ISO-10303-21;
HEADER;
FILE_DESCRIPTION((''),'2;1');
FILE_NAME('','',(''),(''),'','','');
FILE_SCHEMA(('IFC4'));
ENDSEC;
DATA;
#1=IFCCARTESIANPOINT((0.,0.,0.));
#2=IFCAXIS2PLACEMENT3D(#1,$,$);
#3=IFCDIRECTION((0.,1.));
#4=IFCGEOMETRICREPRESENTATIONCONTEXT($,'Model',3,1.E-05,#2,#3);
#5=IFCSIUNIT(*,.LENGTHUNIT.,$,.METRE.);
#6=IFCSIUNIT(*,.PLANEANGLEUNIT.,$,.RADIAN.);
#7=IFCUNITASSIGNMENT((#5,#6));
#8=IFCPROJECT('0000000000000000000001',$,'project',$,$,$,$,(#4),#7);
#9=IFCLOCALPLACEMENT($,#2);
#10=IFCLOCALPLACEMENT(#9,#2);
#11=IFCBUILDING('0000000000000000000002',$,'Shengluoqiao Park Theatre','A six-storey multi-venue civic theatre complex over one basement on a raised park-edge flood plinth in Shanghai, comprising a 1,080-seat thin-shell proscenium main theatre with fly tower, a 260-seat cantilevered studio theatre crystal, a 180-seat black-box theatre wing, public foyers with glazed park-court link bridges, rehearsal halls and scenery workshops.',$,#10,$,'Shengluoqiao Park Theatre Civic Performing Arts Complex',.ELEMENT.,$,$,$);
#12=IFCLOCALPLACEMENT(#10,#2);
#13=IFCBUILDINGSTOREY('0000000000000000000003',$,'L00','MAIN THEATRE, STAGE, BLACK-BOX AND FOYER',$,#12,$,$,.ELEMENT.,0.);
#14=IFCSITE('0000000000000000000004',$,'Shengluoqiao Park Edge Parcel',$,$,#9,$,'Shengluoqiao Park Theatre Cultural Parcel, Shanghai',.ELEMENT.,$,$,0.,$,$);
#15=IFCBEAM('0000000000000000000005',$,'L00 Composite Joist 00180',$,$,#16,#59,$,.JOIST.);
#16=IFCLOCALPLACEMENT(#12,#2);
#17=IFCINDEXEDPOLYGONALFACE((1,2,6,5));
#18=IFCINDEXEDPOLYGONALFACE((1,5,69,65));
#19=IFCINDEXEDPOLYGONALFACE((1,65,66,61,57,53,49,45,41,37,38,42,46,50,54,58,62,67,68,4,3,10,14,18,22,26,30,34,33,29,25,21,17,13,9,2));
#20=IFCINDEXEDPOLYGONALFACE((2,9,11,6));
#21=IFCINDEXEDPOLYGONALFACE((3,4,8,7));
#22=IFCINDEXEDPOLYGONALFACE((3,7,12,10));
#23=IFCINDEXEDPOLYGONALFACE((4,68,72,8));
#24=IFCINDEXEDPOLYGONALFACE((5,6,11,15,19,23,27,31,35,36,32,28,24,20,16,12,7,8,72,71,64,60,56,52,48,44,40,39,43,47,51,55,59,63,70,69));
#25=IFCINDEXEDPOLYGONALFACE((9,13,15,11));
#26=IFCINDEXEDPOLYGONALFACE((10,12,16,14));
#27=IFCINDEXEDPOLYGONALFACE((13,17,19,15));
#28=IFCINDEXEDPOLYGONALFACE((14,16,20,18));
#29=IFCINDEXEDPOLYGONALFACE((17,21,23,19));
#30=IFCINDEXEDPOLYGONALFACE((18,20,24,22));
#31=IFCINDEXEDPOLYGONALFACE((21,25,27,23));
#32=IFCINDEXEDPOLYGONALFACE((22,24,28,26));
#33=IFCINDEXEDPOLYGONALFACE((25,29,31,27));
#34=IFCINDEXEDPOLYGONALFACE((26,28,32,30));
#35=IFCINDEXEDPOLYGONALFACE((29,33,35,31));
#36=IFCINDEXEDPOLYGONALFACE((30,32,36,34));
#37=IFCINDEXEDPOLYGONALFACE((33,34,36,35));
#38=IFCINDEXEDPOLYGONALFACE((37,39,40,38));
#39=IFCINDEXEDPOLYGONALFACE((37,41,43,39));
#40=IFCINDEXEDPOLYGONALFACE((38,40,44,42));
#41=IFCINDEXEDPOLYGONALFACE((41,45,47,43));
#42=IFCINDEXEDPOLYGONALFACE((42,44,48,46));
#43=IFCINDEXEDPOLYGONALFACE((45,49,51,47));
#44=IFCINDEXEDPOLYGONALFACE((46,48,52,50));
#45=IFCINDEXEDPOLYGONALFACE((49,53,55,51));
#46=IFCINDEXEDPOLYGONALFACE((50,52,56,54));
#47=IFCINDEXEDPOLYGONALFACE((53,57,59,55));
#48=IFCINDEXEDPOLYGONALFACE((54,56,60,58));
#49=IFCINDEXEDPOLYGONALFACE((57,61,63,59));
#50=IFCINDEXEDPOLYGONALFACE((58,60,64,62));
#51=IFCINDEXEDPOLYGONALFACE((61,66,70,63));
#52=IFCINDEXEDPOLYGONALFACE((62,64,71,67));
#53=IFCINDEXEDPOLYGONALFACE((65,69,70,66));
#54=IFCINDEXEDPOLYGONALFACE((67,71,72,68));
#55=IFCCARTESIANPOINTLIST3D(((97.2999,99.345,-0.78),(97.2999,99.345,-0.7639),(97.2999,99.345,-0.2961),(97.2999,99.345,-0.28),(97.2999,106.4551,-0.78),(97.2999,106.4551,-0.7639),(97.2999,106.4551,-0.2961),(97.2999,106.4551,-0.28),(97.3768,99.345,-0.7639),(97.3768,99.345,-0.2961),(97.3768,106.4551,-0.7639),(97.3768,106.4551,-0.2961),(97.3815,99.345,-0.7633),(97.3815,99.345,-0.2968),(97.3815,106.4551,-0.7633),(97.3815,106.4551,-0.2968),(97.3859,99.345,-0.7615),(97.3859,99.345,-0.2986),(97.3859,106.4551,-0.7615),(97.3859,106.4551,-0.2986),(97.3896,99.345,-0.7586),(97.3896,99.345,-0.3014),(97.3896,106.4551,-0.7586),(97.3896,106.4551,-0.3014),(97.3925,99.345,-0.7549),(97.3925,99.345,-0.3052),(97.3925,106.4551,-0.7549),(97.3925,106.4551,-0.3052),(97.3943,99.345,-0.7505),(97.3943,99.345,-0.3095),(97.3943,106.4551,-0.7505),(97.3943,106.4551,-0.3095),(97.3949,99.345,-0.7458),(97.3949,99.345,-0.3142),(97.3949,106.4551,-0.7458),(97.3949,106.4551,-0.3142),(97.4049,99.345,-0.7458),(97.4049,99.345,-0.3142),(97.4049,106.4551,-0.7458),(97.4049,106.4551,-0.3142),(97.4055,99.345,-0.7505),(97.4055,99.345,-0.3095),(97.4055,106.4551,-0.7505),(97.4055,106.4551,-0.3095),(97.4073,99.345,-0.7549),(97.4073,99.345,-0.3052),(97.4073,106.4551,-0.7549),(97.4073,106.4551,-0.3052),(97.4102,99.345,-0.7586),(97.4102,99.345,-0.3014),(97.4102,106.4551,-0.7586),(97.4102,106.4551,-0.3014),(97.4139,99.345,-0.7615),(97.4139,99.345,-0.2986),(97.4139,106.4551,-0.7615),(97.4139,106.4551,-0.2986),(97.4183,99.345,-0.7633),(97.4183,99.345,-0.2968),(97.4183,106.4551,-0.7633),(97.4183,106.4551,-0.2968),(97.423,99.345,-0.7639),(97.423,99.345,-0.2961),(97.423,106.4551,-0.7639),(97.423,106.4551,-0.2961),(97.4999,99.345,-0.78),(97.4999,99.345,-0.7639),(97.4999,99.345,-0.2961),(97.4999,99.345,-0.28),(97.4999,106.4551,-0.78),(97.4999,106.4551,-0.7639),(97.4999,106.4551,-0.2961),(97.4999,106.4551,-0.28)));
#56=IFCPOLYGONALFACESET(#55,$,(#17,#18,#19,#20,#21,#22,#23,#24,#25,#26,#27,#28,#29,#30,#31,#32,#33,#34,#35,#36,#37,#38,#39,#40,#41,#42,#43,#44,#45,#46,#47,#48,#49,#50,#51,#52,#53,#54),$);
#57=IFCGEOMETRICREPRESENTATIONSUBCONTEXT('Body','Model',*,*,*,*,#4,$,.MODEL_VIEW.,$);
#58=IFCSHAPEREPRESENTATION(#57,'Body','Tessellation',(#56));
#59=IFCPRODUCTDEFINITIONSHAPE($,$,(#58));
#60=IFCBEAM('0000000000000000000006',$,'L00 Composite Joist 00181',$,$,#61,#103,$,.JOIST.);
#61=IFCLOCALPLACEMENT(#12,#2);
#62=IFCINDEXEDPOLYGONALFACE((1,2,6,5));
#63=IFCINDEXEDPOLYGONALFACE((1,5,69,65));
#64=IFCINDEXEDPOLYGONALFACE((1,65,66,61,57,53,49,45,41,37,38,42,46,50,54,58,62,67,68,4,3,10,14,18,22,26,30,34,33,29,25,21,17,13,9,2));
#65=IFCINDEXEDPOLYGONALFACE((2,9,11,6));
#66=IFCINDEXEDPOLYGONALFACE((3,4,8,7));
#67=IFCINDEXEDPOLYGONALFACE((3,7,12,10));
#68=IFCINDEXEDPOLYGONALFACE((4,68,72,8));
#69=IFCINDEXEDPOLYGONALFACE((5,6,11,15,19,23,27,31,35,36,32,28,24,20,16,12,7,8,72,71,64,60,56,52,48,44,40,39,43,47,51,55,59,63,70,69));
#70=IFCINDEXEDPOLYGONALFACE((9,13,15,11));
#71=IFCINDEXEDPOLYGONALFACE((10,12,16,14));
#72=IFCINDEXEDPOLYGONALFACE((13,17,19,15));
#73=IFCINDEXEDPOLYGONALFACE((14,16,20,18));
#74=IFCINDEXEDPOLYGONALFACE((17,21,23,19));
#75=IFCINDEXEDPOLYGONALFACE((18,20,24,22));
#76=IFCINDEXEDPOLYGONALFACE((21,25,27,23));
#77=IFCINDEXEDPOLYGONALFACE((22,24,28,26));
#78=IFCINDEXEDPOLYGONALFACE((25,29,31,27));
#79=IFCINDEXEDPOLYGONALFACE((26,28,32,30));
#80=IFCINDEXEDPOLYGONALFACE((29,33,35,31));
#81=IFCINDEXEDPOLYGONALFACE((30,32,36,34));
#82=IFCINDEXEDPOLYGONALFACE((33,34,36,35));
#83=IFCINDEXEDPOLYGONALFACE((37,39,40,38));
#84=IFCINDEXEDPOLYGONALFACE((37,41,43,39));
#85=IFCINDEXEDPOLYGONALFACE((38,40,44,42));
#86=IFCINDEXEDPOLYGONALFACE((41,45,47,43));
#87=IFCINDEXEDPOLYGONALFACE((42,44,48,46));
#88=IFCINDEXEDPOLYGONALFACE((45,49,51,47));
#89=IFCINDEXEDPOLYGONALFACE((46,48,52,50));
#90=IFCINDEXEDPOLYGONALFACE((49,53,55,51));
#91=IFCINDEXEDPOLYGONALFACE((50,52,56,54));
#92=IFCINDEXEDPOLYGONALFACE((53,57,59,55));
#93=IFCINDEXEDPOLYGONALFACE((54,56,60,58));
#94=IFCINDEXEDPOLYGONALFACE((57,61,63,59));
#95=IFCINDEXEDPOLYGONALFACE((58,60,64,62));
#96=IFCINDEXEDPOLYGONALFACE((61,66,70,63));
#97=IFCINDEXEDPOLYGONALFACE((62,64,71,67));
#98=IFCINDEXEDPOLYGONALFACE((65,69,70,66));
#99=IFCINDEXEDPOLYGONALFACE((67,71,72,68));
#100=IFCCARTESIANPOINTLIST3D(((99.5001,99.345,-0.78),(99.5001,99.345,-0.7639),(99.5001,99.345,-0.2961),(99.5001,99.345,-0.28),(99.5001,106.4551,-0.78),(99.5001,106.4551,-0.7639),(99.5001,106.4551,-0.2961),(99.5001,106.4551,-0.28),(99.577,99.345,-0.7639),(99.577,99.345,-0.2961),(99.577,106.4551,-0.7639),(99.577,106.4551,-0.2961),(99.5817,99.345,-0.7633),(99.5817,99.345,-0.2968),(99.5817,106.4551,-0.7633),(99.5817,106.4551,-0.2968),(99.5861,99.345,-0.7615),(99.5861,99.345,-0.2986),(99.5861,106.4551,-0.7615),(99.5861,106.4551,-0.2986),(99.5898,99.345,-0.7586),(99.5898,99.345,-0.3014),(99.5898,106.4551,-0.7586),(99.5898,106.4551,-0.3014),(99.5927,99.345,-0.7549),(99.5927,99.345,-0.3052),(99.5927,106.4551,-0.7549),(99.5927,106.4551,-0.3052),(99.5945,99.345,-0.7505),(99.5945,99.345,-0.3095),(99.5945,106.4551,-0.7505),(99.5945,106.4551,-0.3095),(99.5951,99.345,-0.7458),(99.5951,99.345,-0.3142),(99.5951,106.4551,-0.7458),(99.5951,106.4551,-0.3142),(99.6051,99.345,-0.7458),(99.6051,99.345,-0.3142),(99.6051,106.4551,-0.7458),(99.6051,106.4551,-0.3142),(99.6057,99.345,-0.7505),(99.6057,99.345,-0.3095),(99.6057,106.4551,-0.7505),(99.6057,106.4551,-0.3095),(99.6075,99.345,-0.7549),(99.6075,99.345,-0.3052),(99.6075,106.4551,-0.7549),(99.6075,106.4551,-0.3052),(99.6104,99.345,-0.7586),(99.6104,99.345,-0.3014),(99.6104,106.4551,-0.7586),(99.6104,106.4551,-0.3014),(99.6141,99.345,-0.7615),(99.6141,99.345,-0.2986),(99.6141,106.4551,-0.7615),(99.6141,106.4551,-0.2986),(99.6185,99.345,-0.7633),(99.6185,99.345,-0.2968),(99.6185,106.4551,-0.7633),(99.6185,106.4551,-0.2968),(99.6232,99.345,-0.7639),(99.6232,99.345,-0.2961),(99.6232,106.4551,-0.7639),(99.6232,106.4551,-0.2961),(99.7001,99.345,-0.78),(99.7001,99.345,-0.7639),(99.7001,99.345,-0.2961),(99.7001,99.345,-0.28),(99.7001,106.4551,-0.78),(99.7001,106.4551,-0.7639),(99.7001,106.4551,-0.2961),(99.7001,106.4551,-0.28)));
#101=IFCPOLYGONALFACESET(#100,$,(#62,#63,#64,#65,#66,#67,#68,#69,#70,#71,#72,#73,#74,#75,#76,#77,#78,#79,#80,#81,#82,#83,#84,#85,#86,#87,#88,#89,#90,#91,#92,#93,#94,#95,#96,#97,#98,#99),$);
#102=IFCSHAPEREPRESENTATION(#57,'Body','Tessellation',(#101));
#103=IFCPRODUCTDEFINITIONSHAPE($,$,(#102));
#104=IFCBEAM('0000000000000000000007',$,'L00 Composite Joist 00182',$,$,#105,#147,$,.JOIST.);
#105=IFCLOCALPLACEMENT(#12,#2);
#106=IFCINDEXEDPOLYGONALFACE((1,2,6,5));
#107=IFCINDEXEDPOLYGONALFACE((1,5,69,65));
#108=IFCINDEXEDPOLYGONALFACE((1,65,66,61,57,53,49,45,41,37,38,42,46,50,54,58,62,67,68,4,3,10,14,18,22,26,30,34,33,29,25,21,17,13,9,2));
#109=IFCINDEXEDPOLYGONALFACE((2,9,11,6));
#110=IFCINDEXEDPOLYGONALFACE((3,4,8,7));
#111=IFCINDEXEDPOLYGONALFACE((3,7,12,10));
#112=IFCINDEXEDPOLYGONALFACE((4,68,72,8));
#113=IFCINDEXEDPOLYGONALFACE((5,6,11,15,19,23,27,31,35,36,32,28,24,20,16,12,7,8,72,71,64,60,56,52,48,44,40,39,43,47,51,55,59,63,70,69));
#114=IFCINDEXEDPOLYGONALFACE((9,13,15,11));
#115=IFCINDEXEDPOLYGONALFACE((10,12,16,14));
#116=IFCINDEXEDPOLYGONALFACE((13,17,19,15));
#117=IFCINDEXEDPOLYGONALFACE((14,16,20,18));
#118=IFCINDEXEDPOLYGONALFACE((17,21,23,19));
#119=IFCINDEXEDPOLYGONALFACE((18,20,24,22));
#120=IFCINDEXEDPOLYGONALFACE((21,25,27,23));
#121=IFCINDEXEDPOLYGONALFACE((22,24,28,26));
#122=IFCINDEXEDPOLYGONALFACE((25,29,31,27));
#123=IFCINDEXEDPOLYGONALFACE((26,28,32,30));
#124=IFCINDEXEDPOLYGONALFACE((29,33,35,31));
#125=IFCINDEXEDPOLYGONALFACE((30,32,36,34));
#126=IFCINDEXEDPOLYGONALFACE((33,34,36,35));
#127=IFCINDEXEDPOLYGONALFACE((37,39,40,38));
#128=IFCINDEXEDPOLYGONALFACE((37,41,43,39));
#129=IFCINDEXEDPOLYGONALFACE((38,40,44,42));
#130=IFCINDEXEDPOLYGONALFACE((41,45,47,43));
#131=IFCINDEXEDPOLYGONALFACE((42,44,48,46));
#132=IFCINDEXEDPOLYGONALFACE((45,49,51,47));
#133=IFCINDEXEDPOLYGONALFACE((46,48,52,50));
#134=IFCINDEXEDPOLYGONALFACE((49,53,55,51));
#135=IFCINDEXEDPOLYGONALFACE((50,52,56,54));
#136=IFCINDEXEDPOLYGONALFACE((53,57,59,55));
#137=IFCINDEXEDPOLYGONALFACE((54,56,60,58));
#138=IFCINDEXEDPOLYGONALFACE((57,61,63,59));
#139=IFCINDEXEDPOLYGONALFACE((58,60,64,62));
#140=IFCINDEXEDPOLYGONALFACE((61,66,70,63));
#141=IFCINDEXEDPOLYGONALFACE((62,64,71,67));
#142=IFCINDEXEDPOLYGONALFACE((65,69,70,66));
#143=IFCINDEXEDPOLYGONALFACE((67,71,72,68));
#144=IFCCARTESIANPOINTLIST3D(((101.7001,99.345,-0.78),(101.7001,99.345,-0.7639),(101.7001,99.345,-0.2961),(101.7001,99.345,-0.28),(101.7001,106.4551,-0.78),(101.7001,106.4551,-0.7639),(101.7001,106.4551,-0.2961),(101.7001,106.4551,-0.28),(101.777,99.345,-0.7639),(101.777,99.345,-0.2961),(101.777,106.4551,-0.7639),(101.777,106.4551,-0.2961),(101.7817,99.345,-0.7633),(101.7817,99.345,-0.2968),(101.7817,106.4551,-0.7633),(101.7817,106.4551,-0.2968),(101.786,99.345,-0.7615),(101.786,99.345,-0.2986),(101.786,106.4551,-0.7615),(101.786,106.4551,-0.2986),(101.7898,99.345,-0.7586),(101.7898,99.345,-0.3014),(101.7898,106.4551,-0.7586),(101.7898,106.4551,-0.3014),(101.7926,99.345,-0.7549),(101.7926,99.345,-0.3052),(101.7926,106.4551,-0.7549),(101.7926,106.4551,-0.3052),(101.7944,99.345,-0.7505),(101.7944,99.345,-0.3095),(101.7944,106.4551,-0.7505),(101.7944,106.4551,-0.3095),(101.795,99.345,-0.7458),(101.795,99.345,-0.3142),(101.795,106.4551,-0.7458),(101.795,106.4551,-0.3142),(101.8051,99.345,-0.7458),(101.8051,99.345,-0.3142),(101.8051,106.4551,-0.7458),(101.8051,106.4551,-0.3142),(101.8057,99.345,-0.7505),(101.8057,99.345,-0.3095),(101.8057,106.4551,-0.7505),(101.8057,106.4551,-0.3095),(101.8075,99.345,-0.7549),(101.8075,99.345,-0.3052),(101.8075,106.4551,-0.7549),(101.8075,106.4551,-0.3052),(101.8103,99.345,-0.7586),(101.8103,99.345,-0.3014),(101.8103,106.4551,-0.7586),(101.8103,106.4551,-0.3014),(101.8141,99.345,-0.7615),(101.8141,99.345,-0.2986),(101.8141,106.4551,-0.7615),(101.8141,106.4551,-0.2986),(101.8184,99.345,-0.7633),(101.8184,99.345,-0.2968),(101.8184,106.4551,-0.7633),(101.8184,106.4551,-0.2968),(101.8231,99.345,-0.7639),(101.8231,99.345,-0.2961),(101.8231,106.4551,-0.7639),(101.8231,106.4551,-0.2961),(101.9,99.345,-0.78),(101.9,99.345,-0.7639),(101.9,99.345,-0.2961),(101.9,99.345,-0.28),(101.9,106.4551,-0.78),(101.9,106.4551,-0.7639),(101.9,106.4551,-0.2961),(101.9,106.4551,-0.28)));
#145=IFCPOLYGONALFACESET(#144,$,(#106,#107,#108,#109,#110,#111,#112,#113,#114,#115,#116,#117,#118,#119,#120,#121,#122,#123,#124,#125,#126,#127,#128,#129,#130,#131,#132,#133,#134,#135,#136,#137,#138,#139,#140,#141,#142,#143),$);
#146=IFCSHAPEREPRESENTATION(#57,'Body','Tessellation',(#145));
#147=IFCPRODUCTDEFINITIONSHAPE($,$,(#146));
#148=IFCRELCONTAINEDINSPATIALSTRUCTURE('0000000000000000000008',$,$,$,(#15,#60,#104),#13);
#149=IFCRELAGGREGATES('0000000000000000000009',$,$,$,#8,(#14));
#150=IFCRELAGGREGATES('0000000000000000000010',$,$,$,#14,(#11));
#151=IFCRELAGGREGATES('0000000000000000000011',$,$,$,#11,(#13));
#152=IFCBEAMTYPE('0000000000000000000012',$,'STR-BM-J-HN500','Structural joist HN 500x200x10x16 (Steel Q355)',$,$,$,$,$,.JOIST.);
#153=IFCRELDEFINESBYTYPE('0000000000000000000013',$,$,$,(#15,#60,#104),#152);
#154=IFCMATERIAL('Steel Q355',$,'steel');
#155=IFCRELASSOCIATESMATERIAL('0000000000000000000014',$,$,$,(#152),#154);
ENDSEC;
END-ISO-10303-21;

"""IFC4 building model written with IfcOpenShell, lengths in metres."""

from ifc_helpers import new_model, si_unit, direction, frame, origin, origin_2d, place, context, subcontext, project, spatial, i_section, extrude, material, material_profile, profile_set, type_object, element, save


model = new_model("IFC4")

# Units and contexts
model_context = context("Model", 3, precision=1e-05, world=origin(), true_north=direction((0.0, 1.0)))
body_context = subcontext(model_context, "Body", "Model", "MODEL_VIEW")
ifc_project = project(units=[si_unit("LENGTHUNIT", "METRE"), si_unit("PLANEANGLEUNIT", "RADIAN")], contexts=[model_context])

# Site, building, storey
site_placement = place(None, origin())
site = spatial("IfcSite", under=ifc_project, at=site_placement, Name="Shengluoqiao Park Edge Parcel", LongName="Shengluoqiao Park Theatre Cultural Parcel, Shanghai", CompositionType="ELEMENT", RefElevation=0.0)
building_placement = place(site_placement, origin())
building = spatial("IfcBuilding", under=site, at=building_placement, Name="Shengluoqiao Park Theatre", Description="A six-storey multi-venue civic theatre complex over one basement on a raised park-edge flood plinth in Shanghai, comprising a 1,080-seat thin-shell proscenium main theatre with fly tower, a 260-seat cantilevered studio theatre crystal, a 180-seat black-box theatre wing, public foyers with glazed park-court link bridges, rehearsal halls and scenery workshops.", LongName="Shengluoqiao Park Theatre Civic Performing Arts Complex", CompositionType="ELEMENT")
storey_placement = place(building_placement, origin())
storey = spatial("IfcBuildingStorey", under=building, at=storey_placement, Name="L00", Description="MAIN THEATRE, STAGE, BLACK-BOX AND FOYER", CompositionType="ELEMENT", Elevation=0.0)

# Beams
ifc_material_1 = material(Name="Steel Q355", Category="steel")
ifc_material_profile_1 = material_profile(ifc_material_1, i_section(OverallWidth=0.2, OverallDepth=0.5, WebThickness=0.01, FlangeThickness=0.0161, FilletRadius=0.0181, at=origin_2d()), Name="HN 500x200x10x16")
ifc_profile_set_1 = profile_set([ifc_material_profile_1], Name="Steel Q355")
beam_type_1 = type_object("IfcBeamType", Name="STR-BM-J-HN500", Description="Structural joist HN 500x200x10x16 (Steel Q355)", PredefinedType="JOIST", material=ifc_profile_set_1)
for number, where, z_axis, x_axis, name in (
    (1, (97.3999, 99.345, -0.53), (0.0, 1.0, 0.0), (-1.0, 0.0, 0.0), "L00 Composite Joist 00180"),
    (2, (99.6001, 99.345, -0.53), (0.0, 1.0, 0.0), (-1.0, 0.0, 0.0), "L00 Composite Joist 00181"),
    (3, (101.8, 99.345, -0.53), (0.0, 1.0, 0.0), (-1.0, 0.0, 0.0), "L00 Composite Joist 00182"),
):
    element("IfcBeam", number, at=place(storey_placement, frame(where, z_axis=z_axis, x_axis=x_axis)), inside=storey, type_object=beam_type_1, Name=name, PredefinedType="JOIST", context=body_context, shape_type="SweptSolid", body=[
        extrude(i_section(OverallWidth=0.2, OverallDepth=0.5, WebThickness=0.01, FlangeThickness=0.0161, FilletRadius=0.0181, at=origin_2d()), origin(), (0.0, 0.0, 1.0), 7.1101),
    ])

save(model, "model.ifc")
